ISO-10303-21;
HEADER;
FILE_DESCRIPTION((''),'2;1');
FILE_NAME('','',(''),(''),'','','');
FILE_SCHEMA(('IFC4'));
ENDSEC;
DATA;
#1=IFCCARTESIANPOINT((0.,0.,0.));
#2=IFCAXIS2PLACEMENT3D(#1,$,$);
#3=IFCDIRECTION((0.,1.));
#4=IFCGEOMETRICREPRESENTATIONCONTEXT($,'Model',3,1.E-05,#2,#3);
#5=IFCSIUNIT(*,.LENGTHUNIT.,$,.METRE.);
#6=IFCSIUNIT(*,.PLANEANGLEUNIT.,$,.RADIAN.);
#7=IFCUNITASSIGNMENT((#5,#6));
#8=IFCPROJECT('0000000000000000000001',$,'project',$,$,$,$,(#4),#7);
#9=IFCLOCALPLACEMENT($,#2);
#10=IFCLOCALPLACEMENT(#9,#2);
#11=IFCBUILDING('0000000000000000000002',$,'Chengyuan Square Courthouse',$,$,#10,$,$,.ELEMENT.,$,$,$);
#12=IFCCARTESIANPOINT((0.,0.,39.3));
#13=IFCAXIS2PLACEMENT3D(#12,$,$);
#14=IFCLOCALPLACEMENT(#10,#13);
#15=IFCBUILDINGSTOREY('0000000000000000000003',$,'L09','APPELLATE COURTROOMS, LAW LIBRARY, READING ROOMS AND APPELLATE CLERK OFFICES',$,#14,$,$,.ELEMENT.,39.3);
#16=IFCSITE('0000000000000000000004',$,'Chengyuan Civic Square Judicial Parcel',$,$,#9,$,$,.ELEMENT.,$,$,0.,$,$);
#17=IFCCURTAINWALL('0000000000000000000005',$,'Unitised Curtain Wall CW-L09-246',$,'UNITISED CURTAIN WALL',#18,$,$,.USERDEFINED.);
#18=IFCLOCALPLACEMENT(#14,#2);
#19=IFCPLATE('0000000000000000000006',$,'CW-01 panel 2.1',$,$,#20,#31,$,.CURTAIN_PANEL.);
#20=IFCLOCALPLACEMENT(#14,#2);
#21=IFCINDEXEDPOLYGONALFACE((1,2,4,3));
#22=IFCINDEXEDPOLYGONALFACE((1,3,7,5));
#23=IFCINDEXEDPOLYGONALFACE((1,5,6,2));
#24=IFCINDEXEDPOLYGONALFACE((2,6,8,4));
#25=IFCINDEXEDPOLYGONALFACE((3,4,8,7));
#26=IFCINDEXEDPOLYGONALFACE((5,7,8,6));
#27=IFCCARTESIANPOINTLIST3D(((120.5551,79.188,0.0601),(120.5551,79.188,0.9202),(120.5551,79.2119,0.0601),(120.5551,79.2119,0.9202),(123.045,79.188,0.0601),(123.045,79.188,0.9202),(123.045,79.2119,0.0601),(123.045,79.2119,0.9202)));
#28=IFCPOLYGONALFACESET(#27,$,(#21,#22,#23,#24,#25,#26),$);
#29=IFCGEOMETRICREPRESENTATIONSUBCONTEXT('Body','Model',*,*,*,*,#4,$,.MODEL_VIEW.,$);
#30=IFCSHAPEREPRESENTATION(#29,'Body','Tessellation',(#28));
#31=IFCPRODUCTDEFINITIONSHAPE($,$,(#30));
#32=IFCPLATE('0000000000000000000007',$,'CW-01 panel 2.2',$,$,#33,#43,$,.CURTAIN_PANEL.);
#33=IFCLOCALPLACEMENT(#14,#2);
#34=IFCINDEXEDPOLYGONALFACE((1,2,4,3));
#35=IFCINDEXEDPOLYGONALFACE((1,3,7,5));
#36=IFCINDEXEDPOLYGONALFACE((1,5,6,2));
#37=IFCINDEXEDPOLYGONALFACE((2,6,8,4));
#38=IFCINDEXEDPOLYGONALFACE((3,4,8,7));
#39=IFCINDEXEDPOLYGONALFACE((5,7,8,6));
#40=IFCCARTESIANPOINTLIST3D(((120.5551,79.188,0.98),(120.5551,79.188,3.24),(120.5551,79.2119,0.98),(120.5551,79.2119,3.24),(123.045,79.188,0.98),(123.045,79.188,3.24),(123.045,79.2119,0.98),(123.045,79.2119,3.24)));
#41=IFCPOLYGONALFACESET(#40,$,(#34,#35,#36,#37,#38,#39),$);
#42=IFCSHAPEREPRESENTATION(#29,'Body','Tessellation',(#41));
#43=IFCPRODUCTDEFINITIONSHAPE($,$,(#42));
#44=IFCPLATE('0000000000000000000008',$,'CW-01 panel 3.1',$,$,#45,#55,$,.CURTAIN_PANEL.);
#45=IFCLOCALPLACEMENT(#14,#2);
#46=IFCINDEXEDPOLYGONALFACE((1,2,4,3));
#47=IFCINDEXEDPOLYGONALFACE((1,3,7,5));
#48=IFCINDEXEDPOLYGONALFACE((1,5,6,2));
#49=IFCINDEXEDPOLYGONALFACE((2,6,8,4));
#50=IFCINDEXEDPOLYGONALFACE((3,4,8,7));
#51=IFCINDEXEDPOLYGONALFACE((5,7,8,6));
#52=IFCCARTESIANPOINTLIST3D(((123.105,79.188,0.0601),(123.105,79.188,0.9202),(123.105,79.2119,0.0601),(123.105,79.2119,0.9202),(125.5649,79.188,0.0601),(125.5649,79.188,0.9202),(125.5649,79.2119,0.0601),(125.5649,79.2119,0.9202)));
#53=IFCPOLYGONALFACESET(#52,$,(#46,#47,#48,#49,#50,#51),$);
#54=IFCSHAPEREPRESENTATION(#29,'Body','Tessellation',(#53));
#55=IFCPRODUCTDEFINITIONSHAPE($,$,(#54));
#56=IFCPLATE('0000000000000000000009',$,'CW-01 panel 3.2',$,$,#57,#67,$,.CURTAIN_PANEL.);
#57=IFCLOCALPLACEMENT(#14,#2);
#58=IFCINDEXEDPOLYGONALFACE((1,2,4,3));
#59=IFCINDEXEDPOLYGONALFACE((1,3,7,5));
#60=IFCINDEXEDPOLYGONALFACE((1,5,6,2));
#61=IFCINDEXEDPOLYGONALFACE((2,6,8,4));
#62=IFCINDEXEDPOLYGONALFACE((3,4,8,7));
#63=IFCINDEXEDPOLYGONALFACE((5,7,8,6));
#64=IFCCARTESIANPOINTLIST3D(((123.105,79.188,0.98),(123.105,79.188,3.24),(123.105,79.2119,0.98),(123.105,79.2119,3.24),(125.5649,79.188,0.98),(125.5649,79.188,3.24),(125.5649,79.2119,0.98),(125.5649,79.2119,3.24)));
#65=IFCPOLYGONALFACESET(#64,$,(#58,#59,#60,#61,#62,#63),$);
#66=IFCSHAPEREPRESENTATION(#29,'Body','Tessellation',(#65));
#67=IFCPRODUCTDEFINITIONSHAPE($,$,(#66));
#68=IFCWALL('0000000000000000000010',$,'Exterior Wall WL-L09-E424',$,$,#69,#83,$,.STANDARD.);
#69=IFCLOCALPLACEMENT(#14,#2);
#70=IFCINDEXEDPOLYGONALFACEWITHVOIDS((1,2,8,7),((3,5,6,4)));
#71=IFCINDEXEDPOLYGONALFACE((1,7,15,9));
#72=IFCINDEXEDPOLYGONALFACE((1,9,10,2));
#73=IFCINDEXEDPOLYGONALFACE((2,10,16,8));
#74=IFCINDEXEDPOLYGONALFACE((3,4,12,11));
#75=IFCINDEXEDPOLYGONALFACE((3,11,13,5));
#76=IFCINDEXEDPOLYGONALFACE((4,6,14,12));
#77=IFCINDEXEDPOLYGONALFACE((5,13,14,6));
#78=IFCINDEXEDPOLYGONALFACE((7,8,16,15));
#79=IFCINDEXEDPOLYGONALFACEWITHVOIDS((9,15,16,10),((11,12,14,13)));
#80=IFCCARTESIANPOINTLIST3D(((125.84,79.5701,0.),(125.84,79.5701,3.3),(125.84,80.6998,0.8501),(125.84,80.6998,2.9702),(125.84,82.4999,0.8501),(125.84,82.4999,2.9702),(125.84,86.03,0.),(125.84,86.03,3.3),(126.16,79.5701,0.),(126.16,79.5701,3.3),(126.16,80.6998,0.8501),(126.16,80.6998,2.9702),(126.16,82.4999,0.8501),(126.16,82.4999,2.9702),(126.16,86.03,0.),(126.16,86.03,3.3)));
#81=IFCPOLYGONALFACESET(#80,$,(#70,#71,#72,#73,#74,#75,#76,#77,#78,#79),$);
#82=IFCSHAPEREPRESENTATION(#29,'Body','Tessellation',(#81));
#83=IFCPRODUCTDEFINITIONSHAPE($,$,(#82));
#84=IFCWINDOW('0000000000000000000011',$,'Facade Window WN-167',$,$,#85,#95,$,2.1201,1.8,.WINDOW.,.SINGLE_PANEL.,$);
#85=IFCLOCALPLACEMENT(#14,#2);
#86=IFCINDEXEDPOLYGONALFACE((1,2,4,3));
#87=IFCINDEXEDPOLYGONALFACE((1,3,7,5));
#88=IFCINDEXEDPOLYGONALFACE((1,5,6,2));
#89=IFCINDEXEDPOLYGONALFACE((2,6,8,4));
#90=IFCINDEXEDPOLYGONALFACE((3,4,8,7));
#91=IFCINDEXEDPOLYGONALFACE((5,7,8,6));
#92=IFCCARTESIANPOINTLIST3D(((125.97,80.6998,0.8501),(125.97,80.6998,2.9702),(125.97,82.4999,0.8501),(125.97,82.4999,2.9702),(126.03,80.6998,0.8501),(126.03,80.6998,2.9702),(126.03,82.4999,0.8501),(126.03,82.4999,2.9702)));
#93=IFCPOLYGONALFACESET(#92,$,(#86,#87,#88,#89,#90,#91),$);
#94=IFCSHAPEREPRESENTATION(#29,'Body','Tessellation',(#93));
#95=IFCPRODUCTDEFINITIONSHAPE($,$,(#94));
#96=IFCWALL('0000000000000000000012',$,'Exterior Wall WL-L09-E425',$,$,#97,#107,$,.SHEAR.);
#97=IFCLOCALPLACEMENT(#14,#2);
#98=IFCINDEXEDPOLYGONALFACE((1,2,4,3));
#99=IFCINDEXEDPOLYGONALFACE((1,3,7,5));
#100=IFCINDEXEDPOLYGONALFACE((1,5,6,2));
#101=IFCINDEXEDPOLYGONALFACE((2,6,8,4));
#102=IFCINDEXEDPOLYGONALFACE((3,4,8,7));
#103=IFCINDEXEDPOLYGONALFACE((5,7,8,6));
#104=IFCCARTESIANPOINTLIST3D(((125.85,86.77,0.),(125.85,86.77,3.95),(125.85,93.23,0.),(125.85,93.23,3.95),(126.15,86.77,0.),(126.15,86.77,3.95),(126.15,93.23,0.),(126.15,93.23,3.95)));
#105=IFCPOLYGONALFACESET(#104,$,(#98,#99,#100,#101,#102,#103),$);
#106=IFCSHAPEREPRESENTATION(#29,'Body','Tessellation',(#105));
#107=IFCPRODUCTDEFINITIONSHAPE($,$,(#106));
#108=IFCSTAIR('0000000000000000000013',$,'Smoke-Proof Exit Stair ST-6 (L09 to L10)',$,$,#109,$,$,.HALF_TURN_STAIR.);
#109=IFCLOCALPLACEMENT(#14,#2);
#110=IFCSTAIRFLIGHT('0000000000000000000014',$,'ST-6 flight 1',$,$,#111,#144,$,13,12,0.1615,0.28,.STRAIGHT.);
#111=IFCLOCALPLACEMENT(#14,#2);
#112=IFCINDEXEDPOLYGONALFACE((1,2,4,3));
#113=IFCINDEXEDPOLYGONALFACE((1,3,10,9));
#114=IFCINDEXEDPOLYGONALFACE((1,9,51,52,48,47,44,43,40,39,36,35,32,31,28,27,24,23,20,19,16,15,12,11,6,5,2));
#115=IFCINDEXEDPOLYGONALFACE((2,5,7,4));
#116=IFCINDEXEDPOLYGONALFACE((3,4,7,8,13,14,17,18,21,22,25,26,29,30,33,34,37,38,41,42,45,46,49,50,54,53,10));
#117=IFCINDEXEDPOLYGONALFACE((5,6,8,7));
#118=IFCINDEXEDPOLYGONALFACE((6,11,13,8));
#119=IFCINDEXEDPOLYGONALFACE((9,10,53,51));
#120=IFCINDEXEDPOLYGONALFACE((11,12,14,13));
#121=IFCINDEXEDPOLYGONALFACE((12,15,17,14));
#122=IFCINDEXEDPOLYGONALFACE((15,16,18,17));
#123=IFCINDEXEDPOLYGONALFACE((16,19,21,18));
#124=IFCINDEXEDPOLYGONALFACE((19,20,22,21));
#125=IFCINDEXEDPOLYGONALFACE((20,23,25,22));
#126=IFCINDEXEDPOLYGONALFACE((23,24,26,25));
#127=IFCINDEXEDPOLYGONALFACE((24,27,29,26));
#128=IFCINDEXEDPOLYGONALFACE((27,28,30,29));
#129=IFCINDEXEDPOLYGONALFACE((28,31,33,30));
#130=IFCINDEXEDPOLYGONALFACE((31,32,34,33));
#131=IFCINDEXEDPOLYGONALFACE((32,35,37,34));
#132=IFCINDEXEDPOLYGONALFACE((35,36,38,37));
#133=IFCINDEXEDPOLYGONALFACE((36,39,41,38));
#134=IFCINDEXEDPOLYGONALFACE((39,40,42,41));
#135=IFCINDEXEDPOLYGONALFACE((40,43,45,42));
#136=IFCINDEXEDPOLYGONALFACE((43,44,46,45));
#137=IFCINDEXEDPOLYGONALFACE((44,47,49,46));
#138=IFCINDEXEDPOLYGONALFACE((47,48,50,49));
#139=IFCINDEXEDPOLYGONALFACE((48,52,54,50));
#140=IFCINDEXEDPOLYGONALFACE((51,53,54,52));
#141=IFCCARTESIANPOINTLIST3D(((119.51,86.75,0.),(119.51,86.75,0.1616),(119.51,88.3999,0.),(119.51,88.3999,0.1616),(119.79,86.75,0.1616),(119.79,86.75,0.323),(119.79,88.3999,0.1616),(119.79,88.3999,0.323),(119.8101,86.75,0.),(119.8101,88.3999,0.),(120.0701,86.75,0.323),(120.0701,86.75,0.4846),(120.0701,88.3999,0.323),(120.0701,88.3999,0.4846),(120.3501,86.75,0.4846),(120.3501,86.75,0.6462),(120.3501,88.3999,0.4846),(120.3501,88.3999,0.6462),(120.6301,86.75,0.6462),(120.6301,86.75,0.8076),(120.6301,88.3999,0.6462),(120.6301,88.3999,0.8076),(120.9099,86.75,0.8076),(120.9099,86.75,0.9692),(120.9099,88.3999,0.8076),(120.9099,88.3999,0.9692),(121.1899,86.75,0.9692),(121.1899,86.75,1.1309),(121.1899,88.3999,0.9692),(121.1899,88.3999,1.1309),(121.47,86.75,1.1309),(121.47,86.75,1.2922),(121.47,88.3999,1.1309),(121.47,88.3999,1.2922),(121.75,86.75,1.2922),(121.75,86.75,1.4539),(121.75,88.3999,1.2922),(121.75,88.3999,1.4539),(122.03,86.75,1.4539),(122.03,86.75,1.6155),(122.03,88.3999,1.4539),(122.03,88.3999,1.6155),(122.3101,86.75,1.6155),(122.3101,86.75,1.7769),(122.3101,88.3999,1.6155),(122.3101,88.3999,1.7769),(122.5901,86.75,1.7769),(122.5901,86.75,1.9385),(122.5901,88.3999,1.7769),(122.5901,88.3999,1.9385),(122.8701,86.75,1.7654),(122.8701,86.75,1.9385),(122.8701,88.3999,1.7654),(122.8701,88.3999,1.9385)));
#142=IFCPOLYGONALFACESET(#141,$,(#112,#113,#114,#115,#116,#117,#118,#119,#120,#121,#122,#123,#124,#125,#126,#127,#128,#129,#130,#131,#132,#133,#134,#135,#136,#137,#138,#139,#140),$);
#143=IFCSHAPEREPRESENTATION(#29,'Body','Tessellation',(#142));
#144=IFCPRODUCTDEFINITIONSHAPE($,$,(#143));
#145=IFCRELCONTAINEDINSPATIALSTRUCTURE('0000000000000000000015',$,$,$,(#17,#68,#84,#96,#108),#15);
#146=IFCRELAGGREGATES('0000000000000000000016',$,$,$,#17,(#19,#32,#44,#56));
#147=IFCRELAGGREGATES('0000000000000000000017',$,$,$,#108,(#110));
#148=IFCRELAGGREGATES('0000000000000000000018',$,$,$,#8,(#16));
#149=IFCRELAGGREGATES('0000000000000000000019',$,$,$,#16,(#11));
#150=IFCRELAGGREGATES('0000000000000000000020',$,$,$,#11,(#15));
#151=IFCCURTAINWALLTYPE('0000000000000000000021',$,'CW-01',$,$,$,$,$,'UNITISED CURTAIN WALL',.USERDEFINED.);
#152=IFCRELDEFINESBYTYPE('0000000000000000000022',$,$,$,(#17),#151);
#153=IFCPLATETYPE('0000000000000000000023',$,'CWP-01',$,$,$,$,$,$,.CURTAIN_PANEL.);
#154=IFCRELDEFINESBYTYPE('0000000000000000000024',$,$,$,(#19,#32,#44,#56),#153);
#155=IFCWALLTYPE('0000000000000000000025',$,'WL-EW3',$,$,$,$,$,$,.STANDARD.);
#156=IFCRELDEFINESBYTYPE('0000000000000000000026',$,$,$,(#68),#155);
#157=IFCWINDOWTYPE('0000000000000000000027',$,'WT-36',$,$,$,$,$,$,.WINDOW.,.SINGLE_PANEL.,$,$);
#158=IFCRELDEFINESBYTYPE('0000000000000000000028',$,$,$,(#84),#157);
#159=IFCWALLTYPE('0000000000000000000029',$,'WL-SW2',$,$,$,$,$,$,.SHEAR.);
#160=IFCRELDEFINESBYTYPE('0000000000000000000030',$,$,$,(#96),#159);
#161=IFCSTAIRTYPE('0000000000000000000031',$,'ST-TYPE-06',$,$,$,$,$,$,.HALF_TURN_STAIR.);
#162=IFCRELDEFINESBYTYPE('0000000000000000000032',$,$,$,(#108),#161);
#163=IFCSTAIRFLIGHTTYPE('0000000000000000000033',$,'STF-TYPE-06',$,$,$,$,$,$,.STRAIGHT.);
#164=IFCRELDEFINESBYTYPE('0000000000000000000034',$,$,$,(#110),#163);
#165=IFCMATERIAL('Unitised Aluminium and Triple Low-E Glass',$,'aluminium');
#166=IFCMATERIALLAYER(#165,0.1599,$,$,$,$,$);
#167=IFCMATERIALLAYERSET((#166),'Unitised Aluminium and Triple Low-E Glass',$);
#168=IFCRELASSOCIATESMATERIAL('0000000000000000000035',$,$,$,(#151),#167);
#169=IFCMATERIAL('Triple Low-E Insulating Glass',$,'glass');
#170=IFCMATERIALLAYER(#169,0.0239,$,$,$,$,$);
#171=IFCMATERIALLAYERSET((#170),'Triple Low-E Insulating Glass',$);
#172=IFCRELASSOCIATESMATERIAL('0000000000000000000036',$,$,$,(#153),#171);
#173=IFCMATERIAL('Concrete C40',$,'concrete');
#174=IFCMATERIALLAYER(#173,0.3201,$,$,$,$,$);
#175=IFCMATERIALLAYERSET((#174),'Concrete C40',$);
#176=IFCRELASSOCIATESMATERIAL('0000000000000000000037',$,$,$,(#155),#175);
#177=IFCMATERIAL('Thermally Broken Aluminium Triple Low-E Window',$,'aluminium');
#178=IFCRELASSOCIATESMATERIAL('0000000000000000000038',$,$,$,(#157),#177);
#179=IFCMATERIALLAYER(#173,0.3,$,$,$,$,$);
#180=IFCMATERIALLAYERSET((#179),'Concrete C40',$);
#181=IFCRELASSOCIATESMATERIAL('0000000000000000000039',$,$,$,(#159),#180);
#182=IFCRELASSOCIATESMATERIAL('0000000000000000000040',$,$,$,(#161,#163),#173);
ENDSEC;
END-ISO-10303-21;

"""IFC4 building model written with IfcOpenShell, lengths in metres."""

from ifc_helpers import new_model, si_unit, direction, frame, frame_2d, origin, origin_2d, place, context, subcontext, project, spatial, polyline, rectangle, outline, extrude, material, layer, layer_set, type_object, element, fill, aggregate, save


model = new_model("IFC4")

# Units and contexts
model_context = context("Model", 3, precision=1e-05, world=origin(), true_north=direction((0.0, 1.0)))
body_context = subcontext(model_context, "Body", "Model", "MODEL_VIEW")
ifc_project = project(units=[si_unit("LENGTHUNIT", "METRE"), si_unit("PLANEANGLEUNIT", "RADIAN")], contexts=[model_context])

# Site, building, storey
site_placement = place(None, origin())
site = spatial("IfcSite", under=ifc_project, at=site_placement, Name="Chengyuan Civic Square Judicial Parcel", CompositionType="ELEMENT", RefElevation=0.0)
building_placement = place(site_placement, origin())
building = spatial("IfcBuilding", under=site, at=building_placement, Name="Chengyuan Square Courthouse", CompositionType="ELEMENT")
storey_placement = place(building_placement, frame((0.0, 0.0, 39.3)))
storey = spatial("IfcBuildingStorey", under=building, at=storey_placement, Name="L09", Description="APPELLATE COURTROOMS, LAW LIBRARY, READING ROOMS AND APPELLATE CLERK OFFICES", CompositionType="ELEMENT", Elevation=39.3)

# Shared definitions
ifc_material_1 = material(Name="Concrete C40", Category="concrete")

# Curtain wall, plates
ifc_material_2 = material(Name="Unitised Aluminium and Triple Low-E Glass", Category="aluminium")
ifc_layer_1 = layer(ifc_material_2, 0.1599)
ifc_layer_set_1 = layer_set([ifc_layer_1], Name="Unitised Aluminium and Triple Low-E Glass")
curtain_wall_type = type_object("IfcCurtainWallType", Name="CW-01", ElementType="UNITISED CURTAIN WALL", PredefinedType="USERDEFINED", material=ifc_layer_set_1)
curtain_wall_placement = place(storey_placement, origin())
curtain_wall = element("IfcCurtainWall", 1, at=curtain_wall_placement, inside=storey, type_object=curtain_wall_type, Name="Unitised Curtain Wall CW-L09-246", ObjectType="UNITISED CURTAIN WALL", PredefinedType="USERDEFINED")
ifc_material_3 = material(Name="Triple Low-E Insulating Glass", Category="glass")
ifc_layer_2 = layer(ifc_material_3, 0.0239)
ifc_layer_set_2 = layer_set([ifc_layer_2], Name="Triple Low-E Insulating Glass")
plate_type = type_object("IfcPlateType", Name="CWP-01", PredefinedType="CURTAIN_PANEL", material=ifc_layer_set_2)
plate_1_placement = place(storey_placement, frame((121.8, 79.2, 0.0601), z_axis=(0.0, 0.0, 1.0), x_axis=(1.0, 0.0, 0.0)))
plate_1 = element("IfcPlate", 2, at=plate_1_placement, type_object=plate_type, Name="CW-01 panel 2.1", PredefinedType="CURTAIN_PANEL", context=body_context, shape_type="SweptSolid", body=[
    extrude(rectangle(XDim=2.49, YDim=0.0239, at=origin_2d()), origin(), (0.0, 0.0, 1.0), 0.8601),
])
plate_2_placement = place(storey_placement, frame((121.8, 79.2, 0.98), z_axis=(0.0, 0.0, 1.0), x_axis=(1.0, 0.0, 0.0)))
plate_2 = element("IfcPlate", 3, at=plate_2_placement, type_object=plate_type, Name="CW-01 panel 2.2", PredefinedType="CURTAIN_PANEL", context=body_context, shape_type="SweptSolid", body=[
    extrude(rectangle(XDim=2.49, YDim=0.0239, at=origin_2d()), origin(), (0.0, 0.0, 1.0), 2.26),
])
plate_3_placement = place(storey_placement, frame((124.335, 79.2, 0.0601), z_axis=(0.0, 0.0, 1.0), x_axis=(1.0, 0.0, 0.0)))
plate_3 = element("IfcPlate", 4, at=plate_3_placement, type_object=plate_type, Name="CW-01 panel 3.1", PredefinedType="CURTAIN_PANEL", context=body_context, shape_type="SweptSolid", body=[
    extrude(rectangle(XDim=2.46, YDim=0.0239, at=origin_2d()), origin(), (0.0, 0.0, 1.0), 0.8601),
])
plate_4_placement = place(storey_placement, frame((124.335, 79.2, 0.98), z_axis=(0.0, 0.0, 1.0), x_axis=(1.0, 0.0, 0.0)))
plate_4 = element("IfcPlate", 5, at=plate_4_placement, type_object=plate_type, Name="CW-01 panel 3.2", PredefinedType="CURTAIN_PANEL", context=body_context, shape_type="SweptSolid", body=[
    extrude(rectangle(XDim=2.46, YDim=0.0239, at=origin_2d()), origin(), (0.0, 0.0, 1.0), 2.26),
])
aggregate(curtain_wall, [plate_1, plate_2, plate_3, plate_4])

# Wall, opening, window
ifc_layer_3 = layer(ifc_material_1, 0.3201)
ifc_layer_set_3 = layer_set([ifc_layer_3], Name="Concrete C40")
wall_type_1 = type_object("IfcWallType", Name="WL-EW3", PredefinedType="STANDARD", material=ifc_layer_set_3)
wall_1_placement = place(storey_placement, frame((126.0, 79.5701, 0.0), z_axis=(0.0, 0.0, 1.0), x_axis=(0.0, 1.0, 0.0)))
wall_1 = element("IfcWall", 6, at=wall_1_placement, inside=storey, type_object=wall_type_1, Name="Exterior Wall WL-L09-E424", PredefinedType="STANDARD", context=body_context, shape_type="SweptSolid", body=[
    extrude(rectangle(XDim=6.46, YDim=0.3201, at=frame_2d((3.23, 0.0))), origin(), (0.0, 0.0, 1.0), 3.3),
])
opening_placement = place(wall_1_placement, frame((1.1299, 0.0, 0.8501)))
opening = element("IfcOpeningElement", 7, at=opening_placement, cuts=wall_1, PredefinedType="OPENING", context=body_context, shape_type="SweptSolid", body=[
    extrude(rectangle(XDim=1.8, YDim=2.1201, at=frame_2d((0.8999, 1.0601))), frame((0.0, 0.1721, 0.0), z_axis=(0.0, -1.0, 0.0), x_axis=(1.0, 0.0, 0.0)), (0.0, 0.0, 1.0), 0.344),
])
ifc_material_4 = material(Name="Thermally Broken Aluminium Triple Low-E Window", Category="aluminium")
window_type = type_object("IfcWindowType", Name="WT-36", PartitioningType="SINGLE_PANEL", PredefinedType="WINDOW", material=ifc_material_4)
window_placement = place(opening_placement, origin())
window = element("IfcWindow", 8, at=window_placement, inside=storey, type_object=window_type, Name="Facade Window WN-167", OverallHeight=2.1201, OverallWidth=1.8, PartitioningType="SINGLE_PANEL", PredefinedType="WINDOW", context=body_context, shape_type="SweptSolid", body=[
    extrude(rectangle(XDim=1.8, YDim=2.1201, at=frame_2d((0.8999, 1.0601))), frame((0.0, 0.03, 0.0), z_axis=(0.0, -1.0, 0.0), x_axis=(1.0, 0.0, 0.0)), (0.0, 0.0, 1.0), 0.0601),
])
fill(opening, window)

# Wall
ifc_layer_4 = layer(ifc_material_1, 0.3)
ifc_layer_set_4 = layer_set([ifc_layer_4], Name="Concrete C40")
wall_type_2 = type_object("IfcWallType", Name="WL-SW2", PredefinedType="SHEAR", material=ifc_layer_set_4)
wall_2_placement = place(storey_placement, frame((126.0, 86.77, 0.0), z_axis=(0.0, 0.0, 1.0), x_axis=(0.0, 1.0, 0.0)))
element("IfcWall", 9, at=wall_2_placement, inside=storey, type_object=wall_type_2, Name="Exterior Wall WL-L09-E425", PredefinedType="SHEAR", context=body_context, shape_type="SweptSolid", body=[
    extrude(rectangle(XDim=6.46, YDim=0.3, at=frame_2d((3.23, 0.0))), origin(), (0.0, 0.0, 1.0), 3.95),
])

# Stair, stair flight
stair_type = type_object("IfcStairType", Name="ST-TYPE-06", PredefinedType="HALF_TURN_STAIR", material=ifc_material_1)
stair_placement = place(storey_placement, origin())
stair = element("IfcStair", 10, at=stair_placement, inside=storey, type_object=stair_type, Name="Smoke-Proof Exit Stair ST-6 (L09 to L10)", PredefinedType="HALF_TURN_STAIR")
stair_flight_type = type_object("IfcStairFlightType", Name="STF-TYPE-06", PredefinedType="STRAIGHT", material=ifc_material_1)
stair_flight_placement = place(storey_placement, frame((119.51, 87.575, 0.0), z_axis=(0.0, 0.0, 1.0), x_axis=(1.0, 0.0, 0.0)))
stair_flight = element("IfcStairFlight", 11, at=stair_flight_placement, type_object=stair_flight_type, Name="ST-6 flight 1", NumberOfRisers=13, NumberOfTreads=12, PredefinedType="STRAIGHT", RiserHeight=0.1615, TreadLength=0.28, context=body_context, shape_type="SweptSolid", body=[
    extrude(outline(polyline([(0.0, 0.0), (0.0, 0.1616), (0.28, 0.1616), (0.28, 0.323), (0.5601, 0.323), (0.5601, 0.4846), (0.8401, 0.4846), (0.8401, 0.6462), (1.1201, 0.6462), (1.1201, 0.8076), (1.3999, 0.8076), (1.3999, 0.9692), (1.6799, 0.9692), (1.6799, 1.1309), (1.96, 1.1309), (1.96, 1.2922), (2.24, 1.2922), (2.24, 1.4539), (2.52, 1.4539), (2.52, 1.6155), (2.8, 1.6155), (2.8, 1.7769), (3.0801, 1.7769), (3.0801, 1.9385), (3.3601, 1.9385), (3.3601, 2.1001), (3.3601, 1.7654), (0.3, 0.0), (0.0, 0.0)])), frame((0.0, 0.825, 0.0), z_axis=(0.0, -1.0, 0.0), x_axis=(1.0, 0.0, 0.0)), (0.0, 0.0, 1.0), 1.6499),
])
aggregate(stair, [stair_flight])

save(model, "model.ifc")
